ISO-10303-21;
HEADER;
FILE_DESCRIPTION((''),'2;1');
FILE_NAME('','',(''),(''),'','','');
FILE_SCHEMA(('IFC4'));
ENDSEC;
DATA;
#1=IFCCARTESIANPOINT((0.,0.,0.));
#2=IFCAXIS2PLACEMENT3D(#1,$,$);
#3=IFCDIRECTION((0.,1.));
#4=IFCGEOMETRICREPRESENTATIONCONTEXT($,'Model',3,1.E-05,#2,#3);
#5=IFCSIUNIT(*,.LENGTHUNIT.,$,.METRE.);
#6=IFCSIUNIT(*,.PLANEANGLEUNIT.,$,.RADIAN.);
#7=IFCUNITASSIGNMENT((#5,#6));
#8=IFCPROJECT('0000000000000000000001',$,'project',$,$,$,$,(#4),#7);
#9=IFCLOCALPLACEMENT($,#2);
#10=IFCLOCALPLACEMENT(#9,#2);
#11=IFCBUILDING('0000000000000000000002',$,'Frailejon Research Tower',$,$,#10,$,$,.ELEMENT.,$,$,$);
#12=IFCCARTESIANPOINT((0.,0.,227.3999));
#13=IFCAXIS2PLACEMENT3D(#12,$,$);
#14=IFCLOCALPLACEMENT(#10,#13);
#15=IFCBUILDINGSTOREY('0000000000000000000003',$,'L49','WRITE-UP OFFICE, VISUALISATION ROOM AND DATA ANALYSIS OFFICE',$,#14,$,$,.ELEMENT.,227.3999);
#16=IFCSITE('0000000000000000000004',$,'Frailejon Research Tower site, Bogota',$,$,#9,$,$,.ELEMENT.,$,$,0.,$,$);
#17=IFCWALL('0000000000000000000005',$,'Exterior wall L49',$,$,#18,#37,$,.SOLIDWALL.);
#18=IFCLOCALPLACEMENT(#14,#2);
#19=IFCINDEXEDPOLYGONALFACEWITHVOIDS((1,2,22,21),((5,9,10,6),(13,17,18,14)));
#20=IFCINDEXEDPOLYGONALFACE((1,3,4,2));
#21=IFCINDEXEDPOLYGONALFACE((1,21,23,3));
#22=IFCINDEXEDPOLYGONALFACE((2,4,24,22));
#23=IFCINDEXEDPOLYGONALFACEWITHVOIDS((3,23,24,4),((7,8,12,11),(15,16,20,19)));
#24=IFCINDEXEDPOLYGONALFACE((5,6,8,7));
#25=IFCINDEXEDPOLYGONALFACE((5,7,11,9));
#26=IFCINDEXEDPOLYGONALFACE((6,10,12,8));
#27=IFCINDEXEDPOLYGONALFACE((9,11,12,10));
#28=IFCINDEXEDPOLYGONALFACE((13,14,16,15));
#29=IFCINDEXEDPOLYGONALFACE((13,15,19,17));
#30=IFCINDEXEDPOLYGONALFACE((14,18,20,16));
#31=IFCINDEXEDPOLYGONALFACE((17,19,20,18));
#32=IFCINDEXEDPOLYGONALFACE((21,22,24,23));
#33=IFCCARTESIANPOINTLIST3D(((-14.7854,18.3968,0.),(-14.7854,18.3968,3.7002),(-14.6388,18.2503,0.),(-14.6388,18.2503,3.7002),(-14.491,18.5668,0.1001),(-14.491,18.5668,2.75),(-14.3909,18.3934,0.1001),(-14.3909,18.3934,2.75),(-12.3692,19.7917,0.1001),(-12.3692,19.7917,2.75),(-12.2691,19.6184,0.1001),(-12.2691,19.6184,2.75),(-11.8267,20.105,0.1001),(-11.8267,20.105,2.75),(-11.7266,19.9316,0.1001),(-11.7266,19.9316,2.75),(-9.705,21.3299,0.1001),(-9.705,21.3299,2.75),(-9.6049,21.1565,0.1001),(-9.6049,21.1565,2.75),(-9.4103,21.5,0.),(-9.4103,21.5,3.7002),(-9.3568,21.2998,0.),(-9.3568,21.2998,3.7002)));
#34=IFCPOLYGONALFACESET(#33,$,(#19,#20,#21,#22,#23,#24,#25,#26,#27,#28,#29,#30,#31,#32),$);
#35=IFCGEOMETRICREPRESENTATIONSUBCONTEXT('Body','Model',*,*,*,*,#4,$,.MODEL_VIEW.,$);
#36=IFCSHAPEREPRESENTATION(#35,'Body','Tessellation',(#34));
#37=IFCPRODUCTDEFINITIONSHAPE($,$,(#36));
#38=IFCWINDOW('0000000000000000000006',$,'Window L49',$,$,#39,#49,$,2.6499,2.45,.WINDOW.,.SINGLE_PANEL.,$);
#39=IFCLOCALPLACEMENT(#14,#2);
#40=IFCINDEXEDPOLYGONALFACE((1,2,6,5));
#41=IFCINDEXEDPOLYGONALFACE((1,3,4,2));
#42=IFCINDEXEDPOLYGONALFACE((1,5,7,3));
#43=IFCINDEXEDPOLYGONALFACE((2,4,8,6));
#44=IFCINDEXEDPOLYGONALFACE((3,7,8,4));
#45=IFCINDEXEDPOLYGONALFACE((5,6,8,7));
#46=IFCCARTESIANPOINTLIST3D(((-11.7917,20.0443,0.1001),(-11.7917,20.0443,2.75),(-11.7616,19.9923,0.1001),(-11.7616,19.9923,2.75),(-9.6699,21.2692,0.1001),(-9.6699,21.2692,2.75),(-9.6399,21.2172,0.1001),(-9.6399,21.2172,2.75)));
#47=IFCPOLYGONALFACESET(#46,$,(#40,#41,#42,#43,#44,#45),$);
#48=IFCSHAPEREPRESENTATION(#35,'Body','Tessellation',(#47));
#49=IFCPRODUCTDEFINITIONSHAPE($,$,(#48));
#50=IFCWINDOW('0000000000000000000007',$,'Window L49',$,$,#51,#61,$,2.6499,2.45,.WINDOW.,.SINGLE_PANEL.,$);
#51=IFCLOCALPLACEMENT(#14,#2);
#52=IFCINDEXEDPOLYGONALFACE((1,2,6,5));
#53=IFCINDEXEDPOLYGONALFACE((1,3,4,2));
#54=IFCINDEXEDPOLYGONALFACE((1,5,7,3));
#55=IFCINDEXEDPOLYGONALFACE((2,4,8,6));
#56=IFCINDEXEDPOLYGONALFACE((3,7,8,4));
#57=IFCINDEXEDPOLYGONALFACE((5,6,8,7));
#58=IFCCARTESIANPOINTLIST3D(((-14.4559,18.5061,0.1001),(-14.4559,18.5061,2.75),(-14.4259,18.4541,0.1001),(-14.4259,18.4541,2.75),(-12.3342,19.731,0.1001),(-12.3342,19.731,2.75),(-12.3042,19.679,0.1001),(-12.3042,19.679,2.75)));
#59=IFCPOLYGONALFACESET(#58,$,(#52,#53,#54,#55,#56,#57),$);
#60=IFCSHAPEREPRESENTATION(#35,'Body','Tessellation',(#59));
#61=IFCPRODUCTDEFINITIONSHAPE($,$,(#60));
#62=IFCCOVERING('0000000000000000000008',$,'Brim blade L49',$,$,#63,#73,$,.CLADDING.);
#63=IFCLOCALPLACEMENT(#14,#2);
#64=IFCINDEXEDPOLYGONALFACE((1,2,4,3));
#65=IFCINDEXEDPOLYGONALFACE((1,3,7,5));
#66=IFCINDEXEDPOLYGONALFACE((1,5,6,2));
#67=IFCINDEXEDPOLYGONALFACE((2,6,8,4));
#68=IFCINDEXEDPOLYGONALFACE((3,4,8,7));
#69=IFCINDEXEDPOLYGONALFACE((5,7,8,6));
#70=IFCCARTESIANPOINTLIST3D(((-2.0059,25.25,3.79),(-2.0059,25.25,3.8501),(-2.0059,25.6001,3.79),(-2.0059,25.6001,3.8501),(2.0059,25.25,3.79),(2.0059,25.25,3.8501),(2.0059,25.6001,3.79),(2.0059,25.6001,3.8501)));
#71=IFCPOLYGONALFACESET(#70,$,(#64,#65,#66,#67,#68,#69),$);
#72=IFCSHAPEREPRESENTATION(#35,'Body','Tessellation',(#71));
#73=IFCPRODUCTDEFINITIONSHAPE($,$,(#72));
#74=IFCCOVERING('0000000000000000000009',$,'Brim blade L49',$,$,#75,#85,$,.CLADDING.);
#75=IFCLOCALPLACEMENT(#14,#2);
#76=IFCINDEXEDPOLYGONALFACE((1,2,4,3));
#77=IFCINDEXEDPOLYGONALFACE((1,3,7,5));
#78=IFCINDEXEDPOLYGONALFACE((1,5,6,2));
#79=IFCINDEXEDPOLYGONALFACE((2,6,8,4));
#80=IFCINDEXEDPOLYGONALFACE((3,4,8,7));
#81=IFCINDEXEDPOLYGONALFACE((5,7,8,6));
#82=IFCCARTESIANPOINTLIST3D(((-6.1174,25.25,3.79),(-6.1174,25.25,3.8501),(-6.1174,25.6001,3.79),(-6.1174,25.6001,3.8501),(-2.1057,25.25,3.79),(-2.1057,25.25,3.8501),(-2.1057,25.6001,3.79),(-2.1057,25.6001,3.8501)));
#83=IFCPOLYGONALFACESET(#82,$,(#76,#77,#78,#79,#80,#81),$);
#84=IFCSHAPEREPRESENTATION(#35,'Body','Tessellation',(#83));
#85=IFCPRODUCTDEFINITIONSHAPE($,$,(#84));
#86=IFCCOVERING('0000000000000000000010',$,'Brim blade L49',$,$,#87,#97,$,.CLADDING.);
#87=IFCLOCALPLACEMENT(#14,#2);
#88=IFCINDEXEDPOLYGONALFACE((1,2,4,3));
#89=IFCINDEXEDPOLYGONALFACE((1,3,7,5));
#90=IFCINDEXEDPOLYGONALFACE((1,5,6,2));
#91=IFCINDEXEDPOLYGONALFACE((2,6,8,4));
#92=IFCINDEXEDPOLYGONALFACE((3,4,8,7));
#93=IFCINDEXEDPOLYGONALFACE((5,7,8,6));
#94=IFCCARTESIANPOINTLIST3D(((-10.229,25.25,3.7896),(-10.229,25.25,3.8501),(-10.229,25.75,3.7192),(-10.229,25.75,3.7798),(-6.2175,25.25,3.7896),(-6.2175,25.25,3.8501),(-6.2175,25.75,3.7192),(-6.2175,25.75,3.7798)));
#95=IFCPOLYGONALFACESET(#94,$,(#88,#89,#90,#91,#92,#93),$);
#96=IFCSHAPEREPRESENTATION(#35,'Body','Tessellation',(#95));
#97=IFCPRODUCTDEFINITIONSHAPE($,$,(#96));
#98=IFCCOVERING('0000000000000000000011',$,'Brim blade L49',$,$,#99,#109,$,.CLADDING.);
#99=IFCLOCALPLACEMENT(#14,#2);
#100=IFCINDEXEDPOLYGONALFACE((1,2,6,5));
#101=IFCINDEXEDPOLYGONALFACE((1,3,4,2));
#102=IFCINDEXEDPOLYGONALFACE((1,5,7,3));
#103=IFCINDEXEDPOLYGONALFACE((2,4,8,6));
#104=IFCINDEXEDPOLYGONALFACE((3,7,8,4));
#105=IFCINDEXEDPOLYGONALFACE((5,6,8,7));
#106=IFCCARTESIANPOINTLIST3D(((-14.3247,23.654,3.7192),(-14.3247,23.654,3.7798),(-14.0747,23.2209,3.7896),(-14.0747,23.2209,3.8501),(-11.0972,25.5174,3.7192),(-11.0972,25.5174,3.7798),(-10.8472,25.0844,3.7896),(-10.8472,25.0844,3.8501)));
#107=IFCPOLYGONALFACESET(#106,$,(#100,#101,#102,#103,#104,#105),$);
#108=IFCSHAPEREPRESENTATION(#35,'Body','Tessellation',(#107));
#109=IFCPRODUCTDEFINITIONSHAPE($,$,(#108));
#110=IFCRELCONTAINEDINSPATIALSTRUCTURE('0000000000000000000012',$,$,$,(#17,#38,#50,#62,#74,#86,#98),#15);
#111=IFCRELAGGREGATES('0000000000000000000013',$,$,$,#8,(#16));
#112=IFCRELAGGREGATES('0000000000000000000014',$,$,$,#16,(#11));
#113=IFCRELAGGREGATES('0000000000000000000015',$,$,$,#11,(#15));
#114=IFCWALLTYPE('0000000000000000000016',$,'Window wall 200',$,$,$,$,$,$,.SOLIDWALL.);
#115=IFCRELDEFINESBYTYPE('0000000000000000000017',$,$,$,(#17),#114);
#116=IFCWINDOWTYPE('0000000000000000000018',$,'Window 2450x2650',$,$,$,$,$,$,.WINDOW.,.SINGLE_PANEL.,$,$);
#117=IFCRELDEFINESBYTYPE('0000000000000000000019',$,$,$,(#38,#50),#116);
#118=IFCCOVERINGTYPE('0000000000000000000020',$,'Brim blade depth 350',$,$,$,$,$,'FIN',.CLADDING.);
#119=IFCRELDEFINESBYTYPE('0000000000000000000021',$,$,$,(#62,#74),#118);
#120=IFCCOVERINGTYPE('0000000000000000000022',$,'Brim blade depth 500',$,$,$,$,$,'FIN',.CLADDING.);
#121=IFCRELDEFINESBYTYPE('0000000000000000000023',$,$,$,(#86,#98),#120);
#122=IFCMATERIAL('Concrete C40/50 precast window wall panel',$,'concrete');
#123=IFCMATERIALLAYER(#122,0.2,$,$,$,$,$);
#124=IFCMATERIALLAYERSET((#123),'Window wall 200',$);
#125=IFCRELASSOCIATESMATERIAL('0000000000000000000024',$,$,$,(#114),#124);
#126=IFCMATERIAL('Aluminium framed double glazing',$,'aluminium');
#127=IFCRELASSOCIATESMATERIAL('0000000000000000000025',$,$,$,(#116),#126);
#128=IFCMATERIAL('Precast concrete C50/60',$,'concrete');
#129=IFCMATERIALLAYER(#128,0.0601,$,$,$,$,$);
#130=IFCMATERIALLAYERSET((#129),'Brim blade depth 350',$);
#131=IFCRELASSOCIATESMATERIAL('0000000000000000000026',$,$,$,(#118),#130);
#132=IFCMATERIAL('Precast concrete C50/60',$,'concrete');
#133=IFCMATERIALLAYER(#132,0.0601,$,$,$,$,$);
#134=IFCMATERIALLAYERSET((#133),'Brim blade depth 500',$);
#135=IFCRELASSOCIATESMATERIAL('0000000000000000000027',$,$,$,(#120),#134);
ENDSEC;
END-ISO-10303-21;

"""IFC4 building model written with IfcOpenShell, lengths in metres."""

from ifc_helpers import new_model, si_unit, direction, frame, frame_2d, origin, place, context, subcontext, project, spatial, polyline, rectangle, outline, extrude, material, layer, layer_set, type_object, element, fill, save


model = new_model("IFC4")

# Units and contexts
model_context = context("Model", 3, precision=1e-05, world=origin(), true_north=direction((0.0, 1.0)))
body_context = subcontext(model_context, "Body", "Model", "MODEL_VIEW")
ifc_project = project(units=[si_unit("LENGTHUNIT", "METRE"), si_unit("PLANEANGLEUNIT", "RADIAN")], contexts=[model_context])

# Site, building, storey
site_placement = place(None, origin())
site = spatial("IfcSite", under=ifc_project, at=site_placement, Name="Frailejon Research Tower site, Bogota", CompositionType="ELEMENT", RefElevation=0.0)
building_placement = place(site_placement, origin())
building = spatial("IfcBuilding", under=site, at=building_placement, Name="Frailejon Research Tower", CompositionType="ELEMENT")
storey_placement = place(building_placement, frame((0.0, 0.0, 227.3999)))
storey = spatial("IfcBuildingStorey", under=building, at=storey_placement, Name="L49", Description="WRITE-UP OFFICE, VISUALISATION ROOM AND DATA ANALYSIS OFFICE", CompositionType="ELEMENT", Elevation=227.3999)

# Wall, openings, windows
ifc_material_1 = material(Name="Concrete C40/50 precast window wall panel", Category="concrete")
ifc_layer_1 = layer(ifc_material_1, 0.2)
ifc_layer_set_1 = layer_set([ifc_layer_1], Name="Window wall 200")
wall_type = type_object("IfcWallType", Name="Window wall 200", PredefinedType="SOLIDWALL", material=ifc_layer_set_1)
wall_placement = place(storey_placement, frame((-9.3835, 21.3999, 0.0), z_axis=(0.0, 0.0, 1.0), x_axis=(-0.86603, -0.499993, 0.0)))
wall = element("IfcWall", 1, at=wall_placement, inside=storey, type_object=wall_type, Name="Exterior wall L49", PredefinedType="SOLIDWALL", context=body_context, shape_type="SweptSolid", body=[
    extrude(outline(polyline([(-0.0269, -0.1001), (1.0076, -0.1001), (2.042, -0.1001), (3.0764, -0.1001), (4.1108, -0.1001), (5.1453, -0.1001), (6.1797, -0.1001), (6.126, 0.1001), (5.1094, 0.1001), (4.093, 0.1001), (3.0764, 0.1001), (2.0598, 0.1001), (1.0435, 0.1001), (0.0269, 0.1001), (-0.0269, -0.1001)])), origin(), (0.0, 0.0, 1.0), 3.7002),
])
opening_1_placement = place(wall_placement, frame((0.3132, 0.0, 0.1001)))
opening_1 = element("IfcOpeningElement", 2, at=opening_1_placement, cuts=wall, PredefinedType="OPENING", context=body_context, shape_type="SweptSolid", body=[
    extrude(rectangle(XDim=2.45, YDim=2.6499, at=frame_2d((1.2251, 1.325))), frame((0.0, 0.1099, 0.0), z_axis=(0.0, -1.0, 0.0), x_axis=(1.0, 0.0, 0.0)), (0.0, 0.0, 1.0), 0.22),
])
opening_2_placement = place(wall_placement, frame((3.3896, 0.0, 0.1001)))
opening_2 = element("IfcOpeningElement", 3, at=opening_2_placement, cuts=wall, PredefinedType="OPENING", context=body_context, shape_type="SweptSolid", body=[
    extrude(rectangle(XDim=2.45, YDim=2.6499, at=frame_2d((1.2251, 1.325))), frame((0.0, 0.1099, 0.0), z_axis=(0.0, -1.0, 0.0), x_axis=(1.0, 0.0, 0.0)), (0.0, 0.0, 1.0), 0.22),
])
ifc_material_2 = material(Name="Aluminium framed double glazing", Category="aluminium")
window_type = type_object("IfcWindowType", Name="Window 2450x2650", PartitioningType="SINGLE_PANEL", PredefinedType="WINDOW", material=ifc_material_2)
window_1_placement = place(opening_1_placement, origin())
window_1 = element("IfcWindow", 4, at=window_1_placement, inside=storey, type_object=window_type, Name="Window L49", OverallHeight=2.6499, OverallWidth=2.45, PartitioningType="SINGLE_PANEL", PredefinedType="WINDOW", context=body_context, shape_type="SweptSolid", body=[
    extrude(rectangle(XDim=2.45, YDim=2.6499, at=frame_2d((1.2251, 1.325))), frame((0.0, 0.03, 0.0), z_axis=(0.0, -1.0, 0.0), x_axis=(1.0, 0.0, 0.0)), (0.0, 0.0, 1.0), 0.0601),
])
fill(opening_1, window_1)
window_2_placement = place(opening_2_placement, origin())
window_2 = element("IfcWindow", 5, at=window_2_placement, inside=storey, type_object=window_type, Name="Window L49", OverallHeight=2.6499, OverallWidth=2.45, PartitioningType="SINGLE_PANEL", PredefinedType="WINDOW", context=body_context, shape_type="SweptSolid", body=[
    extrude(rectangle(XDim=2.45, YDim=2.6499, at=frame_2d((1.2251, 1.325))), frame((0.0, 0.03, 0.0), z_axis=(0.0, -1.0, 0.0), x_axis=(1.0, 0.0, 0.0)), (0.0, 0.0, 1.0), 0.0601),
])
fill(opening_2, window_2)

# Coverings
ifc_material_3 = material(Name="Precast concrete C50/60", Category="concrete")
ifc_layer_2 = layer(ifc_material_3, 0.0601)
ifc_layer_set_2 = layer_set([ifc_layer_2], Name="Brim blade depth 350")
covering_type_1 = type_object("IfcCoveringType", Name="Brim blade depth 350", ElementType="FIN", PredefinedType="CLADDING", material=ifc_layer_set_2)
for number, where, z_axis, x_axis, name in (
    (6, (-2.0059, 25.25, 3.8501), (1.0, 0.0, 0.0), (0.0, 1.0, 0.0), "Brim blade L49"),
    (7, (-6.1174, 25.25, 3.8501), (1.0, 0.0, 0.0), (0.0, 1.0, 0.0), "Brim blade L49"),
):
    element("IfcCovering", number, at=place(storey_placement, frame(where, z_axis=z_axis, x_axis=x_axis)), inside=storey, type_object=covering_type_1, Name=name, PredefinedType="CLADDING", context=body_context, shape_type="SweptSolid", body=[
        extrude(outline(polyline([(0.0, -0.0601), (0.3501, -0.0601), (0.3501, 0.0), (0.0, 0.0), (0.0, -0.0601)])), origin(), (0.0, 0.0, 1.0), 4.0117),
    ])
ifc_material_4 = material(Name="Precast concrete C50/60", Category="concrete")
ifc_layer_3 = layer(ifc_material_4, 0.0601)
ifc_layer_set_3 = layer_set([ifc_layer_3], Name="Brim blade depth 500")
covering_type_2 = type_object("IfcCoveringType", Name="Brim blade depth 500", ElementType="FIN", PredefinedType="CLADDING", material=ifc_layer_set_3)
covering_1_placement = place(storey_placement, frame((-10.229, 25.25, 3.8501), z_axis=(1.0, 0.0, 0.0), x_axis=(0.0, 1.0, 0.0)))
element("IfcCovering", 8, at=covering_1_placement, inside=storey, type_object=covering_type_2, Name="Brim blade L49", PredefinedType="CLADDING", context=body_context, shape_type="SweptSolid", body=[
    extrude(outline(polyline([(0.0, -0.0605), (0.5, -0.1309), (0.5, -0.0703), (0.0, 0.0), (0.0, -0.0605)])), origin(), (0.0, 0.0, 1.0), 4.0115),
])
covering_2_placement = place(storey_placement, frame((-14.0747, 23.2209, 3.8501), z_axis=(0.866025, 0.500001, 0.0), x_axis=(-0.500001, 0.866025, 0.0)))
element("IfcCovering", 9, at=covering_2_placement, inside=storey, type_object=covering_type_2, Name="Brim blade L49", PredefinedType="CLADDING", context=body_context, shape_type="SweptSolid", body=[
    extrude(outline(polyline([(0.0, -0.0605), (0.5, -0.1309), (0.5, -0.0703), (0.0, 0.0), (0.0, -0.0605)])), origin(), (0.0, 0.0, 1.0), 3.7268),
])

save(model, "model.ifc")
